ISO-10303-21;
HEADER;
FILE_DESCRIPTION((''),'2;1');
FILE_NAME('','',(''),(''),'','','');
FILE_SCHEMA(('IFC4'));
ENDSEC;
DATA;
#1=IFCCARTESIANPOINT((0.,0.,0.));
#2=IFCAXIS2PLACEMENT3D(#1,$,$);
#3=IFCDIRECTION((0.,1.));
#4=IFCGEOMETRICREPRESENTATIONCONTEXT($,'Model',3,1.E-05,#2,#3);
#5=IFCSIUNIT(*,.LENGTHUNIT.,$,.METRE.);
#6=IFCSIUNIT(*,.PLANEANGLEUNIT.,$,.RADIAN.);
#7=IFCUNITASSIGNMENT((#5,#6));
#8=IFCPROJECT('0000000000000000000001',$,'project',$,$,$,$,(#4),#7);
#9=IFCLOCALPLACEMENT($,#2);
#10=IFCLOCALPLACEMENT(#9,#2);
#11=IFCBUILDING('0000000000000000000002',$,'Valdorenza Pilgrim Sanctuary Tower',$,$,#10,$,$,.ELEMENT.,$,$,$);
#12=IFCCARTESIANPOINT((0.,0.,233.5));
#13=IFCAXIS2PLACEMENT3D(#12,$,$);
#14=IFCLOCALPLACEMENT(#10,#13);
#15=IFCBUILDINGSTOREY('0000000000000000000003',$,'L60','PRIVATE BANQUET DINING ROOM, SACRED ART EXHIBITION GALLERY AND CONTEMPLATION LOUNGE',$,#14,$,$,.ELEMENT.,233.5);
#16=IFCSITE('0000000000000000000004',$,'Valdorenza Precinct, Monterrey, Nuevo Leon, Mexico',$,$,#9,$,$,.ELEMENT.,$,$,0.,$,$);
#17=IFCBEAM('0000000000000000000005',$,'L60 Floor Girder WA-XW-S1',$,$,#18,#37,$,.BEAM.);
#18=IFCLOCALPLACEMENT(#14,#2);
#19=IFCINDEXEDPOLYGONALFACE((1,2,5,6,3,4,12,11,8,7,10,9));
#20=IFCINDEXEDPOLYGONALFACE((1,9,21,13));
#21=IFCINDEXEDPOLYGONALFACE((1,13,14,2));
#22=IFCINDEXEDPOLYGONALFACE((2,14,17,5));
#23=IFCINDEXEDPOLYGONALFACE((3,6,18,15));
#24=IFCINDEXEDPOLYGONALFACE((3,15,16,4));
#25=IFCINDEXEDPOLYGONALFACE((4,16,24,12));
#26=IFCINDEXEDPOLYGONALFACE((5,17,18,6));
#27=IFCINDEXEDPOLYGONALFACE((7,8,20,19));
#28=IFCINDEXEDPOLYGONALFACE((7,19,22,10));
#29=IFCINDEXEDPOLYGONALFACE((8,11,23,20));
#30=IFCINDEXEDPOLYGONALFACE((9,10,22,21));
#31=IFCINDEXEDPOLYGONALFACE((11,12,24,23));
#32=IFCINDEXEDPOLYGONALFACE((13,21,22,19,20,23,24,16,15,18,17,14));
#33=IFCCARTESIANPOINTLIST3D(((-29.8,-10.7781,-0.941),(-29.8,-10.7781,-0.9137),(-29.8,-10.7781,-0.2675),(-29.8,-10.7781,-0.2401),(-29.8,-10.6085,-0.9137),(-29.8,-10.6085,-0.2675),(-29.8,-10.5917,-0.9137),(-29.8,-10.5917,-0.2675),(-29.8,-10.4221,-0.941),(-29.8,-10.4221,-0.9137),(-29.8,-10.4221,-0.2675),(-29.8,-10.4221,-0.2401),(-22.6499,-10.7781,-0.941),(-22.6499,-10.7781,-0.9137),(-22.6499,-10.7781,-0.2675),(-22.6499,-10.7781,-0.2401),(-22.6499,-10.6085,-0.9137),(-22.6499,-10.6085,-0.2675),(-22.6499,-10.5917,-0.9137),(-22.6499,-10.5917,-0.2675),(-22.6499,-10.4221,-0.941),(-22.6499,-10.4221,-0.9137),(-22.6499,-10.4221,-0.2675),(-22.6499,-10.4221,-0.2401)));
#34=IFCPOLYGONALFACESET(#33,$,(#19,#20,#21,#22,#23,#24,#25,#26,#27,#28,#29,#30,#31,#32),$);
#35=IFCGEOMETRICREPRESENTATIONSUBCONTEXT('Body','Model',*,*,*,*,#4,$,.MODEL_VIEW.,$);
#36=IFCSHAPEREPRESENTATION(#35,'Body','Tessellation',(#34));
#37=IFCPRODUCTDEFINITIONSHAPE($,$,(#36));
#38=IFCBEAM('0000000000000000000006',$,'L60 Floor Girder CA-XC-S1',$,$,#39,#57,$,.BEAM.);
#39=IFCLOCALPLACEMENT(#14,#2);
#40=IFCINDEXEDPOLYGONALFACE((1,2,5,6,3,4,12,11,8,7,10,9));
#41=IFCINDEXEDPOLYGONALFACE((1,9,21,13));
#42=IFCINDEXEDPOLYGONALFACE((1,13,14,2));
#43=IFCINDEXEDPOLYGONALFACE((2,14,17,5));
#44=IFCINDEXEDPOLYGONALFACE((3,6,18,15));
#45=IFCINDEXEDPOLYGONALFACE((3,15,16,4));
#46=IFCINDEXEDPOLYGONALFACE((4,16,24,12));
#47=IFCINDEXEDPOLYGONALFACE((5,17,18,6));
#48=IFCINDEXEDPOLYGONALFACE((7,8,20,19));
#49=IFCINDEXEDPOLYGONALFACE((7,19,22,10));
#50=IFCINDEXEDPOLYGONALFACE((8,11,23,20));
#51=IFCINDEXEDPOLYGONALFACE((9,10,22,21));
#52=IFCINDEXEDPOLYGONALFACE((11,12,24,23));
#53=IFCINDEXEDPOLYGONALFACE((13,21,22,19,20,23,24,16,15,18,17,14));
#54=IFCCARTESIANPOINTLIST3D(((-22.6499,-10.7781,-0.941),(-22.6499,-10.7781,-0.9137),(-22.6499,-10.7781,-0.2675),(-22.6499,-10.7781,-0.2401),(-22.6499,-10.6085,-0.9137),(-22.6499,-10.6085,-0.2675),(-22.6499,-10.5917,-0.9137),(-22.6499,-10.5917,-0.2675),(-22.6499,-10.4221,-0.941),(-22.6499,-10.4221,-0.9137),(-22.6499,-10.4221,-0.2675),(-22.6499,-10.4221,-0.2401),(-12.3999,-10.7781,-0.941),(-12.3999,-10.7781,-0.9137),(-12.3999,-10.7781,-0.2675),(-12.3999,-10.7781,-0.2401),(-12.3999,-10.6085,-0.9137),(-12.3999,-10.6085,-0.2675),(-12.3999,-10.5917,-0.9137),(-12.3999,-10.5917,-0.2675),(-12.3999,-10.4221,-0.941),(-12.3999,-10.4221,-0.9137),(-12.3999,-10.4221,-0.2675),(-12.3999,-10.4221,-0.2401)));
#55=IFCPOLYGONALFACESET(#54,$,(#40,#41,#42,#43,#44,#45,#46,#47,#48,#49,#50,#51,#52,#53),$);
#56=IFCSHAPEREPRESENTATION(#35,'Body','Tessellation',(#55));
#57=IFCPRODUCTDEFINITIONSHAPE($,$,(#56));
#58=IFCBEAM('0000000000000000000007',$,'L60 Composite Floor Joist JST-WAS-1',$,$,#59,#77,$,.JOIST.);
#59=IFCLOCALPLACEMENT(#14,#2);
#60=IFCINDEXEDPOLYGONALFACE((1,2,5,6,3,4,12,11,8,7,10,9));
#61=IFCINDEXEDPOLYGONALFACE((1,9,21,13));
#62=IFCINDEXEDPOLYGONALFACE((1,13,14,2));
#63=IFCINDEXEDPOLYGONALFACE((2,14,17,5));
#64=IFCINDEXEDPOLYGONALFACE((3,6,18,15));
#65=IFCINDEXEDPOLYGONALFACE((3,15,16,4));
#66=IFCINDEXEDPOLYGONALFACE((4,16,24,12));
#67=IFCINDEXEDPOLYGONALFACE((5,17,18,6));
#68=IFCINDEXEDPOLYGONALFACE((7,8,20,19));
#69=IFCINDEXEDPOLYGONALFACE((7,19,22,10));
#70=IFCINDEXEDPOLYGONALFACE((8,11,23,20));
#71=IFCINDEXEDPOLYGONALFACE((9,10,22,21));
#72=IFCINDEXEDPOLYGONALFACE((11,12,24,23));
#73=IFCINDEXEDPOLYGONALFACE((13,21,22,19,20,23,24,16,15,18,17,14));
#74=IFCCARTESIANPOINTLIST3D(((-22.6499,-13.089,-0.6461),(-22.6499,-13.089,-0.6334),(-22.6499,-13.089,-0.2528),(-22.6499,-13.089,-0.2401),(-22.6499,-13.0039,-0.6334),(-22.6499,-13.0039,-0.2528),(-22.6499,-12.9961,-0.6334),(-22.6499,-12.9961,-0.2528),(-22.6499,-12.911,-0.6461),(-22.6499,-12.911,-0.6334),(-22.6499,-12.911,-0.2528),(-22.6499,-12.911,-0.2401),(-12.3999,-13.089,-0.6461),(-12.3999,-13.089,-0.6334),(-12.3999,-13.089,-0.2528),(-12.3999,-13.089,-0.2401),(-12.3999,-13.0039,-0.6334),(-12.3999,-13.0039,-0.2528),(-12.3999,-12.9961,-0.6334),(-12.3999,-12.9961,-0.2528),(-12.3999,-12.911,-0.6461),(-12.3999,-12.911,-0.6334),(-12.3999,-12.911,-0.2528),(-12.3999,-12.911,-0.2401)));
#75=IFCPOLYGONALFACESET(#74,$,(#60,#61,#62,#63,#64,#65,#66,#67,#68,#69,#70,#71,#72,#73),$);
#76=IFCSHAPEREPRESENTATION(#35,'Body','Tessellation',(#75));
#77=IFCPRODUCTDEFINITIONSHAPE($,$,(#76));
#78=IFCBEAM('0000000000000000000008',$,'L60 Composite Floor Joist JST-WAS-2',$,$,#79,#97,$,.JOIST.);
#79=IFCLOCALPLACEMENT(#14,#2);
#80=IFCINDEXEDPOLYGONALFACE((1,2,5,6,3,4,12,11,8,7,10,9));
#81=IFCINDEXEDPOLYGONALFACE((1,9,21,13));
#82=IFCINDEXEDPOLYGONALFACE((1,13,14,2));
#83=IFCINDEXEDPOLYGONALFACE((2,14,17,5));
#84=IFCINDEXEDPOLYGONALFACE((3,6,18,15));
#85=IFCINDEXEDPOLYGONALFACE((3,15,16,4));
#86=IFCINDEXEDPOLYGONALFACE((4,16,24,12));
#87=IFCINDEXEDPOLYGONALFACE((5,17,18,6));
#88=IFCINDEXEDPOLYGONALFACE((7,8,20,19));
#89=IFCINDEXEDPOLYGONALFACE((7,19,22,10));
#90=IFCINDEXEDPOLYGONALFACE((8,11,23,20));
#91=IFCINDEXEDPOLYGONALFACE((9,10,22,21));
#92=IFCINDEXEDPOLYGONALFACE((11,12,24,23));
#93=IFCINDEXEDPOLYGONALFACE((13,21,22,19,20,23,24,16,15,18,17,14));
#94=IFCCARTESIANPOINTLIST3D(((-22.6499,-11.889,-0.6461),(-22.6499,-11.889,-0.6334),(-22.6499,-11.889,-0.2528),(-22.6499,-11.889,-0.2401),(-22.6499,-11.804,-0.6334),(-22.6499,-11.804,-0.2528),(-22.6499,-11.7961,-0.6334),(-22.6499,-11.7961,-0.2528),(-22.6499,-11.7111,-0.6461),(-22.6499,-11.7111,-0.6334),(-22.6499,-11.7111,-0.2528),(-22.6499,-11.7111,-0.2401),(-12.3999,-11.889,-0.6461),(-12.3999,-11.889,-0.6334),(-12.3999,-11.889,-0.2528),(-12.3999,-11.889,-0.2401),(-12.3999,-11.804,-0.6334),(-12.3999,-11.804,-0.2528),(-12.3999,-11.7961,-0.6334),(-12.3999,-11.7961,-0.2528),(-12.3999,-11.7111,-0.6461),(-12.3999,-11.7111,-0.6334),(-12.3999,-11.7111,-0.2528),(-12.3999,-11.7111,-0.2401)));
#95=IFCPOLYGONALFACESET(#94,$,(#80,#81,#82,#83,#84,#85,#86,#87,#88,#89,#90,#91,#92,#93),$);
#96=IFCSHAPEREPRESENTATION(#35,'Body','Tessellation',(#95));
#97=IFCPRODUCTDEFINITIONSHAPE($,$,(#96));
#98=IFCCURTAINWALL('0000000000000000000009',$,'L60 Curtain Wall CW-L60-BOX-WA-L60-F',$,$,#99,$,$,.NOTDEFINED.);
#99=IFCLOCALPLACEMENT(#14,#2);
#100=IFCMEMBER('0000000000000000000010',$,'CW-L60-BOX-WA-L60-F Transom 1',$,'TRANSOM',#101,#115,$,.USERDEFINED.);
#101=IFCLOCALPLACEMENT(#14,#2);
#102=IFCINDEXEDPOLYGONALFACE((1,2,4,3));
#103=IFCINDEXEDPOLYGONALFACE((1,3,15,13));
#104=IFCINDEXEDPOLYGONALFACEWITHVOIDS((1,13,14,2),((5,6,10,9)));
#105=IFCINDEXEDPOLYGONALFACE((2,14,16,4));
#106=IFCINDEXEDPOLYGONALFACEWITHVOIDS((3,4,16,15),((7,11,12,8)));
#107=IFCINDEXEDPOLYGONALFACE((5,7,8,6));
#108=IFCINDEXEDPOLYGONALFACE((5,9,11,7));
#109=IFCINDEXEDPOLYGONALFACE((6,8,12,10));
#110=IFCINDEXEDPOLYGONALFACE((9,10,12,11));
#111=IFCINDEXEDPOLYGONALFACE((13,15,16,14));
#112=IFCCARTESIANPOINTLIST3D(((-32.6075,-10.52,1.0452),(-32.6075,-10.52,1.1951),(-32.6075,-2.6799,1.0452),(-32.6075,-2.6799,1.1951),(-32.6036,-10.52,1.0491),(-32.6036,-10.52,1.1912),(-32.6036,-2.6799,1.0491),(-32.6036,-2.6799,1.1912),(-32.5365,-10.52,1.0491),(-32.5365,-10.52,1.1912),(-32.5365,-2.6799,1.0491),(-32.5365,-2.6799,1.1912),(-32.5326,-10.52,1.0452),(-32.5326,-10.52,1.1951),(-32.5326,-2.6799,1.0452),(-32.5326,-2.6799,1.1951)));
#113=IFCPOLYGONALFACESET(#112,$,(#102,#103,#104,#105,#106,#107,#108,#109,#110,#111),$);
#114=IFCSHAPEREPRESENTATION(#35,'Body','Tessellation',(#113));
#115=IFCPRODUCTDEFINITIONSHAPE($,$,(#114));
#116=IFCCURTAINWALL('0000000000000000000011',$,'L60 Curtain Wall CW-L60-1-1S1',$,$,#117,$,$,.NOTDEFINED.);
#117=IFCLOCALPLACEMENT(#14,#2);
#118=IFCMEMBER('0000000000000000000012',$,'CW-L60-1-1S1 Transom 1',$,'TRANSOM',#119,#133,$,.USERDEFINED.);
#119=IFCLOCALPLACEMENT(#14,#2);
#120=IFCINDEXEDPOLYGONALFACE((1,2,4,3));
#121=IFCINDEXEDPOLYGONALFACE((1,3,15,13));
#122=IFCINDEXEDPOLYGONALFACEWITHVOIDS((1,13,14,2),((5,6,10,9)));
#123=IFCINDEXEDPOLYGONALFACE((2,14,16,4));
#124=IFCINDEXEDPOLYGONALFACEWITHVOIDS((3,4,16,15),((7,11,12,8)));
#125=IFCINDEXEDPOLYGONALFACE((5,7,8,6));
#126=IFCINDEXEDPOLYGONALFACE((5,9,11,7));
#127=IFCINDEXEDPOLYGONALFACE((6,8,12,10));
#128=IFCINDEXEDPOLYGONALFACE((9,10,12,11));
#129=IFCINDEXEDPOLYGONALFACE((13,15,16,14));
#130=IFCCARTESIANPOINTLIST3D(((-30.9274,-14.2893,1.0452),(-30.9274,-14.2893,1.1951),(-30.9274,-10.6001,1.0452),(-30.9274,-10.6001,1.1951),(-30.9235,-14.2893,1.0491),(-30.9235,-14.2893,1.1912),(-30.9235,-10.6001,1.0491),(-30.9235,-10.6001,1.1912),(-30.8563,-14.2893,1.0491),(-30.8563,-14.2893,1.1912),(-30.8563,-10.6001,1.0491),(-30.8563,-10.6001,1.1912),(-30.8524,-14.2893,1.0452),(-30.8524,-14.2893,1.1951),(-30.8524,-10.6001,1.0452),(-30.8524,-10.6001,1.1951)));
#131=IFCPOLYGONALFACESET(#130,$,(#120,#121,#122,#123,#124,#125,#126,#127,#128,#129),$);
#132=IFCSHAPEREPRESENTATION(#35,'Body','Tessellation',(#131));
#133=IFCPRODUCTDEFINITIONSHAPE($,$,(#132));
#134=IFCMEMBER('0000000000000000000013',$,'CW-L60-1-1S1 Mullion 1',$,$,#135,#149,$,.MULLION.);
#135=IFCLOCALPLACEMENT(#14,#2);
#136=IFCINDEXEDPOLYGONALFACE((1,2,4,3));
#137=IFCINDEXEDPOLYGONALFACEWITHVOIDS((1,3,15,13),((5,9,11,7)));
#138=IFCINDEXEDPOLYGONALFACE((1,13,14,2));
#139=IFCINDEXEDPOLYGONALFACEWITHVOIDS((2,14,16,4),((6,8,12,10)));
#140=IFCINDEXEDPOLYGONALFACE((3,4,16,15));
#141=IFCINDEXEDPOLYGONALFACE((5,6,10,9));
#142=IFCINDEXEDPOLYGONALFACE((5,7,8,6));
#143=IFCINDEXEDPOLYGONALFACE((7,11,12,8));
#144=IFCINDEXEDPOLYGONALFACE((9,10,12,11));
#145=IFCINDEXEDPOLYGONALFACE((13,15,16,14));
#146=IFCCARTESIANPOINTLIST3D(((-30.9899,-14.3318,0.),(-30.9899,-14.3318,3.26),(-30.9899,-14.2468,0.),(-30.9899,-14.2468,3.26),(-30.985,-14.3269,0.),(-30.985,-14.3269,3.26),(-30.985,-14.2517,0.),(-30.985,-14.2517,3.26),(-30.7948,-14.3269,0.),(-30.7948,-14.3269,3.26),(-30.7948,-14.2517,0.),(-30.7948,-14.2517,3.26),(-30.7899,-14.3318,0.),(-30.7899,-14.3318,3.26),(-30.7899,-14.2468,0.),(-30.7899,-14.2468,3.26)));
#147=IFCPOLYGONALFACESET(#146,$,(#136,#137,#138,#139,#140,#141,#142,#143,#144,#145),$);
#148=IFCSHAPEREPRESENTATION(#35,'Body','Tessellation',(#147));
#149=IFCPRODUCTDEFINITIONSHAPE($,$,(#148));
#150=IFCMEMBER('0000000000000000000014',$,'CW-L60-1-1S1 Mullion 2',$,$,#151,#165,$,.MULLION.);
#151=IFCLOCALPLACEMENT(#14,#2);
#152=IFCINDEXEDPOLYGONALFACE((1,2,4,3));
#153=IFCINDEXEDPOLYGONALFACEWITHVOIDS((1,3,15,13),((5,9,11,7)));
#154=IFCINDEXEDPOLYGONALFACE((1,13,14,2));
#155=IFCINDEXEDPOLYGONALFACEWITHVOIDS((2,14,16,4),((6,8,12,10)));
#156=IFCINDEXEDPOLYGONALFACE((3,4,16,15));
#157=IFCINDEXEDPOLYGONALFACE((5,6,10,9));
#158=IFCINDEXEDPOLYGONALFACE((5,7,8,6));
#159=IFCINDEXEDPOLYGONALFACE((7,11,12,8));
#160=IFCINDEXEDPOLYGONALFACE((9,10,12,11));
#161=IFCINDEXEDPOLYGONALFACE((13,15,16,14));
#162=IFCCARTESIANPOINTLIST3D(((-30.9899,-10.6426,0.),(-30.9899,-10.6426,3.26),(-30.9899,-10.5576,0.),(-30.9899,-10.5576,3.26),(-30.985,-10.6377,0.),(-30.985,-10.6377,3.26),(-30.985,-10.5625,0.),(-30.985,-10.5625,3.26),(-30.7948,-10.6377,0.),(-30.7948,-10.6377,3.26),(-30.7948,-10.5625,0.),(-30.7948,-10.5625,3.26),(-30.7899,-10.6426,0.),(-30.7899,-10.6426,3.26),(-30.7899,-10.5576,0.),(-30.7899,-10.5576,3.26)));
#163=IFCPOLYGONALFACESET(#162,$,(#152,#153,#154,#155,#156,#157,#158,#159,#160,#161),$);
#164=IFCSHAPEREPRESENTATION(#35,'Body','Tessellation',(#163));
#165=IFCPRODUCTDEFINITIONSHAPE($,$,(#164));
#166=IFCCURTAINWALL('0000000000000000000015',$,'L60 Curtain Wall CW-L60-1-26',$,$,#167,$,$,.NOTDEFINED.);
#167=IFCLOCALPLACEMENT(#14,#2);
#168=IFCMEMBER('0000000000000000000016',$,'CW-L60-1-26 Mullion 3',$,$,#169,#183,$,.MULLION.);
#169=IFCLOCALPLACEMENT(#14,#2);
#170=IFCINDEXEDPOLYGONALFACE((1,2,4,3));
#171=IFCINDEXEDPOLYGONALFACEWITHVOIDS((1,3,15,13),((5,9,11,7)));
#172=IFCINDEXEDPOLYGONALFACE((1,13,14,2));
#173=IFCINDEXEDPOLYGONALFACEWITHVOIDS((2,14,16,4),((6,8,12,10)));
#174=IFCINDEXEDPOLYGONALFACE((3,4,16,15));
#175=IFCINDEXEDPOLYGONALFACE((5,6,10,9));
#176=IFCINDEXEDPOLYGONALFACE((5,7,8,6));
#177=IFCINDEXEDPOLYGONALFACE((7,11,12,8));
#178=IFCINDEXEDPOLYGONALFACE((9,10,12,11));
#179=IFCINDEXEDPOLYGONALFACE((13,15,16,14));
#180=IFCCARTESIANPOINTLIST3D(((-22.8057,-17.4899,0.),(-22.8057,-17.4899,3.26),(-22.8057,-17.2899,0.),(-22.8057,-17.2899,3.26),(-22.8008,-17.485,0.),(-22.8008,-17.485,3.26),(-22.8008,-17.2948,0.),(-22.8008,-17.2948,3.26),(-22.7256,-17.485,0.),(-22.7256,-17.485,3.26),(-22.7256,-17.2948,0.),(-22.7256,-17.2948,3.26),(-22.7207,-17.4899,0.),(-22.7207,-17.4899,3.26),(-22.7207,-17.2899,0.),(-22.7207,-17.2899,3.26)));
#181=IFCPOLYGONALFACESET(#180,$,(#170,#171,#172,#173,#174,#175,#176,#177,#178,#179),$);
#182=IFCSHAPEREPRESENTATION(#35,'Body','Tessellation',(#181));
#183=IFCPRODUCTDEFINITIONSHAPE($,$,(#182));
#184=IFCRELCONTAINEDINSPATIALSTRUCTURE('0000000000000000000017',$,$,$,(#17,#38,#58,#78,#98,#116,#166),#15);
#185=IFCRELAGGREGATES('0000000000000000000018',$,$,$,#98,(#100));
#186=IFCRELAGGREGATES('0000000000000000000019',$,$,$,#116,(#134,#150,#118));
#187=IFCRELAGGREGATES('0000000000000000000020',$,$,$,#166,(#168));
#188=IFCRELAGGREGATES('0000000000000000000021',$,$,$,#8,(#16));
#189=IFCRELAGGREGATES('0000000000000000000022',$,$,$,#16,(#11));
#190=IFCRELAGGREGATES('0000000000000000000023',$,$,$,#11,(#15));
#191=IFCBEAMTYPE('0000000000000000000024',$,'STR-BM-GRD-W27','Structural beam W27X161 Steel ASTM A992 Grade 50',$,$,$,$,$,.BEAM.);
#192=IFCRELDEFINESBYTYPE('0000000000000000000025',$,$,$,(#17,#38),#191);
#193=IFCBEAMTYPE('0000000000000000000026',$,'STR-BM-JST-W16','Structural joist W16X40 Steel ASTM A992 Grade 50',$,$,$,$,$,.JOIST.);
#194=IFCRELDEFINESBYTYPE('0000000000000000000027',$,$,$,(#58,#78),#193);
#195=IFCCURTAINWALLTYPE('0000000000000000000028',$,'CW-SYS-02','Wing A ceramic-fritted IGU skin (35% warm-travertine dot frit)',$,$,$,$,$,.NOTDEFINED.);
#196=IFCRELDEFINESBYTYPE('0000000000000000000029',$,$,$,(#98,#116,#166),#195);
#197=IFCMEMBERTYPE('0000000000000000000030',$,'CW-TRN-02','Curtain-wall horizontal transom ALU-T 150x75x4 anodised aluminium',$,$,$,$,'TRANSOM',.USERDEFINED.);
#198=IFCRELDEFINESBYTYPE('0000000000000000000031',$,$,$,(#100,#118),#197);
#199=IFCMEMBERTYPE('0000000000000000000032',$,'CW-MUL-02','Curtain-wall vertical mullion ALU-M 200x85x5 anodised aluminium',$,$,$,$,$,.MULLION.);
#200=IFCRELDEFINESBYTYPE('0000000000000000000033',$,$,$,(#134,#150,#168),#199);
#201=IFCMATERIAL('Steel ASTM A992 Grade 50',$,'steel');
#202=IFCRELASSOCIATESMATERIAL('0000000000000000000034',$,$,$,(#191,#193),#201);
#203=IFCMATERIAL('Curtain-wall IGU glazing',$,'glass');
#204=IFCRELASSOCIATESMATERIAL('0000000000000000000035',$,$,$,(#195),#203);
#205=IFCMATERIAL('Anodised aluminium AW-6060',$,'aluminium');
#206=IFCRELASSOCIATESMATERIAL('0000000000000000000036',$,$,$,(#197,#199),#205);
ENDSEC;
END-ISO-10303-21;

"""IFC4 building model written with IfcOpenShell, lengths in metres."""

from ifc_helpers import new_model, si_unit, direction, frame, origin, origin_2d, place, context, subcontext, project, spatial, hollow_rectangle, i_section, extrude, source, transform, mapped, material, material_profile, profile_set, type_object, element, aggregate, save


model = new_model("IFC4")

# Units and contexts
model_context = context("Model", 3, precision=1e-05, world=origin(), true_north=direction((0.0, 1.0)))
body_context = subcontext(model_context, "Body", "Model", "MODEL_VIEW")
ifc_project = project(units=[si_unit("LENGTHUNIT", "METRE"), si_unit("PLANEANGLEUNIT", "RADIAN")], contexts=[model_context])

# Site, building, storey
site_placement = place(None, origin())
site = spatial("IfcSite", under=ifc_project, at=site_placement, Name="Valdorenza Precinct, Monterrey, Nuevo Leon, Mexico", CompositionType="ELEMENT", RefElevation=0.0)
building_placement = place(site_placement, origin())
building = spatial("IfcBuilding", under=site, at=building_placement, Name="Valdorenza Pilgrim Sanctuary Tower", CompositionType="ELEMENT")
storey_placement = place(building_placement, frame((0.0, 0.0, 233.5)))
storey = spatial("IfcBuildingStorey", under=building, at=storey_placement, Name="L60", Description="PRIVATE BANQUET DINING ROOM, SACRED ART EXHIBITION GALLERY AND CONTEMPLATION LOUNGE", CompositionType="ELEMENT", Elevation=233.5)

# Shared definitions
ifc_material_1 = material(Name="Steel ASTM A992 Grade 50", Category="steel")

# Beams
ifc_material_profile_1 = material_profile(ifc_material_1, i_section(OverallWidth=0.356, OverallDepth=0.7009, WebThickness=0.0168, FlangeThickness=0.0273, at=origin_2d()), Name="W27X161")
ifc_profile_set_1 = profile_set([ifc_material_profile_1], Name="Steel ASTM A992 Grade 50")
beam_type_1 = type_object("IfcBeamType", Name="STR-BM-GRD-W27", Description="Structural beam W27X161 Steel ASTM A992 Grade 50", PredefinedType="BEAM", material=ifc_profile_set_1)
shared_shape_1 = source(origin(), body_context, "Body", "SweptSolid", [
    extrude(i_section(OverallWidth=0.356, OverallDepth=0.7009, WebThickness=0.0168, FlangeThickness=0.0273, at=origin_2d()), origin(), (0.0, 0.0, 1.0), 7.1501),
])
beam_1_placement = place(storey_placement, frame((-29.8, -10.6001, -0.5906), z_axis=(1.0, 0.0, 0.0), x_axis=(0.0, 1.0, 0.0)))
element("IfcBeam", 1, at=beam_1_placement, inside=storey, type_object=beam_type_1, Name="L60 Floor Girder WA-XW-S1", PredefinedType="BEAM", context=body_context, shape_type="MappedRepresentation", body=[
    mapped(shared_shape_1, transform((0.0, 0.0, 0.0), x_axis=(1.0, 0.0, 0.0), y_axis=(0.0, 1.0, 0.0), z_axis=(0.0, 0.0, 1.0), scale=1.0)),
])
shared_shape_2 = source(origin(), body_context, "Body", "SweptSolid", [
    extrude(i_section(OverallWidth=0.356, OverallDepth=0.7009, WebThickness=0.0168, FlangeThickness=0.0273, at=origin_2d()), origin(), (0.0, 0.0, 1.0), 10.25),
])
beam_2_placement = place(storey_placement, frame((-22.6499, -10.6001, -0.5906), z_axis=(1.0, 0.0, 0.0), x_axis=(0.0, 1.0, 0.0)))
element("IfcBeam", 2, at=beam_2_placement, inside=storey, type_object=beam_type_1, Name="L60 Floor Girder CA-XC-S1", PredefinedType="BEAM", context=body_context, shape_type="MappedRepresentation", body=[
    mapped(shared_shape_2, transform((0.0, 0.0, 0.0), x_axis=(1.0, 0.0, 0.0), y_axis=(0.0, 1.0, 0.0), z_axis=(0.0, 0.0, 1.0), scale=1.0)),
])
ifc_material_profile_2 = material_profile(ifc_material_1, i_section(OverallWidth=0.178, OverallDepth=0.406, WebThickness=0.0078, FlangeThickness=0.0127, at=origin_2d()), Name="W16X40")
ifc_profile_set_2 = profile_set([ifc_material_profile_2], Name="Steel ASTM A992 Grade 50")
beam_type_2 = type_object("IfcBeamType", Name="STR-BM-JST-W16", Description="Structural joist W16X40 Steel ASTM A992 Grade 50", PredefinedType="JOIST", material=ifc_profile_set_2)
shared_shape_3 = source(origin(), body_context, "Body", "SweptSolid", [
    extrude(i_section(OverallWidth=0.178, OverallDepth=0.406, WebThickness=0.0078, FlangeThickness=0.0127, at=origin_2d()), origin(), (0.0, 0.0, 1.0), 10.25),
])
for number, where, z_axis, x_axis, name in (
    (3, (-22.6499, -13.0, -0.4431), (1.0, 0.0, 0.0), (0.0, 1.0, 0.0), "L60 Composite Floor Joist JST-WAS-1"),
    (4, (-22.6499, -11.8, -0.4431), (1.0, 0.0, 0.0), (0.0, 1.0, 0.0), "L60 Composite Floor Joist JST-WAS-2"),
):
    element("IfcBeam", number, at=place(storey_placement, frame(where, z_axis=z_axis, x_axis=x_axis)), inside=storey, type_object=beam_type_2, Name=name, PredefinedType="JOIST", context=body_context, shape_type="MappedRepresentation", body=[
        mapped(shared_shape_3, transform((0.0, 0.0, 0.0), x_axis=(1.0, 0.0, 0.0), y_axis=(0.0, 1.0, 0.0), z_axis=(0.0, 0.0, 1.0), scale=1.0)),
    ])

# Curtain wall, member
ifc_material_2 = material(Name="Curtain-wall IGU glazing", Category="glass")
curtain_wall_type = type_object("IfcCurtainWallType", Name="CW-SYS-02", Description="Wing A ceramic-fritted IGU skin (35% warm-travertine dot frit)", PredefinedType="NOTDEFINED", material=ifc_material_2)
curtain_wall_1_placement = place(storey_placement, origin())
curtain_wall_1 = element("IfcCurtainWall", 5, at=curtain_wall_1_placement, inside=storey, type_object=curtain_wall_type, Name="L60 Curtain Wall CW-L60-BOX-WA-L60-F", PredefinedType="NOTDEFINED")
ifc_material_3 = material(Name="Anodised aluminium AW-6060", Category="aluminium")
ifc_material_profile_3 = material_profile(ifc_material_3, hollow_rectangle(XDim=0.075, YDim=0.1499, WallThickness=0.0039, at=origin_2d()), Name="ALU-T 150x75x4")
ifc_profile_set_3 = profile_set([ifc_material_profile_3], Name="Anodised aluminium AW-6060")
member_type_1 = type_object("IfcMemberType", Name="CW-TRN-02", Description="Curtain-wall horizontal transom ALU-T 150x75x4 anodised aluminium", ElementType="TRANSOM", PredefinedType="USERDEFINED", material=ifc_profile_set_3)
shared_shape_4 = source(origin(), body_context, "Body", "SweptSolid", [
    extrude(hollow_rectangle(XDim=0.075, YDim=0.1499, WallThickness=0.0039, at=origin_2d()), origin(), (0.0, 0.0, 1.0), 7.8401),
])
member_1_placement = place(storey_placement, frame((-32.5701, -10.52, 1.1201), z_axis=(0.0, 1.0, 0.0), x_axis=(-1.0, 0.0, 0.0)))
member_1 = element("IfcMember", 6, at=member_1_placement, type_object=member_type_1, Name="CW-L60-BOX-WA-L60-F Transom 1", ObjectType="TRANSOM", PredefinedType="USERDEFINED", context=body_context, shape_type="MappedRepresentation", body=[
    mapped(shared_shape_4, transform((0.0, 0.0, 0.0), x_axis=(1.0, 0.0, 0.0), y_axis=(0.0, 1.0, 0.0), z_axis=(0.0, 0.0, 1.0), scale=1.0)),
])
aggregate(curtain_wall_1, [member_1])

# Curtain walls, members
curtain_wall_2_placement = place(storey_placement, origin())
curtain_wall_2 = element("IfcCurtainWall", 7, at=curtain_wall_2_placement, inside=storey, type_object=curtain_wall_type, Name="L60 Curtain Wall CW-L60-1-1S1", PredefinedType="NOTDEFINED")
shared_shape_5 = source(origin(), body_context, "Body", "SweptSolid", [
    extrude(hollow_rectangle(XDim=0.075, YDim=0.1499, WallThickness=0.0039, at=origin_2d()), origin(), (0.0, 0.0, 1.0), 3.6892),
])
member_2_placement = place(storey_placement, frame((-30.8899, -14.2893, 1.1201), z_axis=(0.0, 1.0, 0.0), x_axis=(-1.0, 0.0, 0.0)))
member_2 = element("IfcMember", 8, at=member_2_placement, type_object=member_type_1, Name="CW-L60-1-1S1 Transom 1", ObjectType="TRANSOM", PredefinedType="USERDEFINED", context=body_context, shape_type="MappedRepresentation", body=[
    mapped(shared_shape_5, transform((0.0, 0.0, 0.0), x_axis=(1.0, 0.0, 0.0), y_axis=(0.0, 1.0, 0.0), z_axis=(0.0, 0.0, 1.0), scale=1.0)),
])
ifc_material_profile_4 = material_profile(ifc_material_3, hollow_rectangle(XDim=0.085, YDim=0.2, WallThickness=0.0049, at=origin_2d()), Name="ALU-M 200x85x5")
ifc_profile_set_4 = profile_set([ifc_material_profile_4], Name="Anodised aluminium AW-6060")
member_type_2 = type_object("IfcMemberType", Name="CW-MUL-02", Description="Curtain-wall vertical mullion ALU-M 200x85x5 anodised aluminium", PredefinedType="MULLION", material=ifc_profile_set_4)
shared_shape_6 = source(origin(), body_context, "Body", "SweptSolid", [
    extrude(hollow_rectangle(XDim=0.085, YDim=0.2, WallThickness=0.0049, at=origin_2d()), origin(), (0.0, 0.0, 1.0), 3.26),
])
member_3_placement = place(storey_placement, frame((-30.8899, -14.2893, 0.0), z_axis=(0.0, 0.0, 1.0), x_axis=(0.0, 1.0, 0.0)))
member_3 = element("IfcMember", 9, at=member_3_placement, type_object=member_type_2, Name="CW-L60-1-1S1 Mullion 1", PredefinedType="MULLION", context=body_context, shape_type="MappedRepresentation", body=[
    mapped(shared_shape_6, transform((0.0, 0.0, 0.0), x_axis=(1.0, 0.0, 0.0), y_axis=(0.0, 1.0, 0.0), z_axis=(0.0, 0.0, 1.0), scale=1.0)),
])
member_4_placement = place(storey_placement, frame((-30.8899, -10.6001, 0.0), z_axis=(0.0, 0.0, 1.0), x_axis=(0.0, 1.0, 0.0)))
member_4 = element("IfcMember", 10, at=member_4_placement, type_object=member_type_2, Name="CW-L60-1-1S1 Mullion 2", PredefinedType="MULLION", context=body_context, shape_type="MappedRepresentation", body=[
    mapped(shared_shape_6, transform((0.0, 0.0, 0.0), x_axis=(1.0, 0.0, 0.0), y_axis=(0.0, 1.0, 0.0), z_axis=(0.0, 0.0, 1.0), scale=1.0)),
])
curtain_wall_3_placement = place(storey_placement, origin())
curtain_wall_3 = element("IfcCurtainWall", 11, at=curtain_wall_3_placement, inside=storey, type_object=curtain_wall_type, Name="L60 Curtain Wall CW-L60-1-26", PredefinedType="NOTDEFINED")
member_5_placement = place(storey_placement, frame((-22.7632, -17.3899, 0.0), z_axis=(0.0, 0.0, 1.0), x_axis=(-1.0, 0.0, 0.0)))
member_5 = element("IfcMember", 12, at=member_5_placement, type_object=member_type_2, Name="CW-L60-1-26 Mullion 3", PredefinedType="MULLION", context=body_context, shape_type="MappedRepresentation", body=[
    mapped(shared_shape_6, transform((0.0, 0.0, 0.0), x_axis=(1.0, 0.0, 0.0), y_axis=(0.0, 1.0, 0.0), z_axis=(0.0, 0.0, 1.0), scale=1.0)),
])

aggregate(curtain_wall_2, [member_3, member_4, member_2])
aggregate(curtain_wall_3, [member_5])

save(model, "model.ifc")
